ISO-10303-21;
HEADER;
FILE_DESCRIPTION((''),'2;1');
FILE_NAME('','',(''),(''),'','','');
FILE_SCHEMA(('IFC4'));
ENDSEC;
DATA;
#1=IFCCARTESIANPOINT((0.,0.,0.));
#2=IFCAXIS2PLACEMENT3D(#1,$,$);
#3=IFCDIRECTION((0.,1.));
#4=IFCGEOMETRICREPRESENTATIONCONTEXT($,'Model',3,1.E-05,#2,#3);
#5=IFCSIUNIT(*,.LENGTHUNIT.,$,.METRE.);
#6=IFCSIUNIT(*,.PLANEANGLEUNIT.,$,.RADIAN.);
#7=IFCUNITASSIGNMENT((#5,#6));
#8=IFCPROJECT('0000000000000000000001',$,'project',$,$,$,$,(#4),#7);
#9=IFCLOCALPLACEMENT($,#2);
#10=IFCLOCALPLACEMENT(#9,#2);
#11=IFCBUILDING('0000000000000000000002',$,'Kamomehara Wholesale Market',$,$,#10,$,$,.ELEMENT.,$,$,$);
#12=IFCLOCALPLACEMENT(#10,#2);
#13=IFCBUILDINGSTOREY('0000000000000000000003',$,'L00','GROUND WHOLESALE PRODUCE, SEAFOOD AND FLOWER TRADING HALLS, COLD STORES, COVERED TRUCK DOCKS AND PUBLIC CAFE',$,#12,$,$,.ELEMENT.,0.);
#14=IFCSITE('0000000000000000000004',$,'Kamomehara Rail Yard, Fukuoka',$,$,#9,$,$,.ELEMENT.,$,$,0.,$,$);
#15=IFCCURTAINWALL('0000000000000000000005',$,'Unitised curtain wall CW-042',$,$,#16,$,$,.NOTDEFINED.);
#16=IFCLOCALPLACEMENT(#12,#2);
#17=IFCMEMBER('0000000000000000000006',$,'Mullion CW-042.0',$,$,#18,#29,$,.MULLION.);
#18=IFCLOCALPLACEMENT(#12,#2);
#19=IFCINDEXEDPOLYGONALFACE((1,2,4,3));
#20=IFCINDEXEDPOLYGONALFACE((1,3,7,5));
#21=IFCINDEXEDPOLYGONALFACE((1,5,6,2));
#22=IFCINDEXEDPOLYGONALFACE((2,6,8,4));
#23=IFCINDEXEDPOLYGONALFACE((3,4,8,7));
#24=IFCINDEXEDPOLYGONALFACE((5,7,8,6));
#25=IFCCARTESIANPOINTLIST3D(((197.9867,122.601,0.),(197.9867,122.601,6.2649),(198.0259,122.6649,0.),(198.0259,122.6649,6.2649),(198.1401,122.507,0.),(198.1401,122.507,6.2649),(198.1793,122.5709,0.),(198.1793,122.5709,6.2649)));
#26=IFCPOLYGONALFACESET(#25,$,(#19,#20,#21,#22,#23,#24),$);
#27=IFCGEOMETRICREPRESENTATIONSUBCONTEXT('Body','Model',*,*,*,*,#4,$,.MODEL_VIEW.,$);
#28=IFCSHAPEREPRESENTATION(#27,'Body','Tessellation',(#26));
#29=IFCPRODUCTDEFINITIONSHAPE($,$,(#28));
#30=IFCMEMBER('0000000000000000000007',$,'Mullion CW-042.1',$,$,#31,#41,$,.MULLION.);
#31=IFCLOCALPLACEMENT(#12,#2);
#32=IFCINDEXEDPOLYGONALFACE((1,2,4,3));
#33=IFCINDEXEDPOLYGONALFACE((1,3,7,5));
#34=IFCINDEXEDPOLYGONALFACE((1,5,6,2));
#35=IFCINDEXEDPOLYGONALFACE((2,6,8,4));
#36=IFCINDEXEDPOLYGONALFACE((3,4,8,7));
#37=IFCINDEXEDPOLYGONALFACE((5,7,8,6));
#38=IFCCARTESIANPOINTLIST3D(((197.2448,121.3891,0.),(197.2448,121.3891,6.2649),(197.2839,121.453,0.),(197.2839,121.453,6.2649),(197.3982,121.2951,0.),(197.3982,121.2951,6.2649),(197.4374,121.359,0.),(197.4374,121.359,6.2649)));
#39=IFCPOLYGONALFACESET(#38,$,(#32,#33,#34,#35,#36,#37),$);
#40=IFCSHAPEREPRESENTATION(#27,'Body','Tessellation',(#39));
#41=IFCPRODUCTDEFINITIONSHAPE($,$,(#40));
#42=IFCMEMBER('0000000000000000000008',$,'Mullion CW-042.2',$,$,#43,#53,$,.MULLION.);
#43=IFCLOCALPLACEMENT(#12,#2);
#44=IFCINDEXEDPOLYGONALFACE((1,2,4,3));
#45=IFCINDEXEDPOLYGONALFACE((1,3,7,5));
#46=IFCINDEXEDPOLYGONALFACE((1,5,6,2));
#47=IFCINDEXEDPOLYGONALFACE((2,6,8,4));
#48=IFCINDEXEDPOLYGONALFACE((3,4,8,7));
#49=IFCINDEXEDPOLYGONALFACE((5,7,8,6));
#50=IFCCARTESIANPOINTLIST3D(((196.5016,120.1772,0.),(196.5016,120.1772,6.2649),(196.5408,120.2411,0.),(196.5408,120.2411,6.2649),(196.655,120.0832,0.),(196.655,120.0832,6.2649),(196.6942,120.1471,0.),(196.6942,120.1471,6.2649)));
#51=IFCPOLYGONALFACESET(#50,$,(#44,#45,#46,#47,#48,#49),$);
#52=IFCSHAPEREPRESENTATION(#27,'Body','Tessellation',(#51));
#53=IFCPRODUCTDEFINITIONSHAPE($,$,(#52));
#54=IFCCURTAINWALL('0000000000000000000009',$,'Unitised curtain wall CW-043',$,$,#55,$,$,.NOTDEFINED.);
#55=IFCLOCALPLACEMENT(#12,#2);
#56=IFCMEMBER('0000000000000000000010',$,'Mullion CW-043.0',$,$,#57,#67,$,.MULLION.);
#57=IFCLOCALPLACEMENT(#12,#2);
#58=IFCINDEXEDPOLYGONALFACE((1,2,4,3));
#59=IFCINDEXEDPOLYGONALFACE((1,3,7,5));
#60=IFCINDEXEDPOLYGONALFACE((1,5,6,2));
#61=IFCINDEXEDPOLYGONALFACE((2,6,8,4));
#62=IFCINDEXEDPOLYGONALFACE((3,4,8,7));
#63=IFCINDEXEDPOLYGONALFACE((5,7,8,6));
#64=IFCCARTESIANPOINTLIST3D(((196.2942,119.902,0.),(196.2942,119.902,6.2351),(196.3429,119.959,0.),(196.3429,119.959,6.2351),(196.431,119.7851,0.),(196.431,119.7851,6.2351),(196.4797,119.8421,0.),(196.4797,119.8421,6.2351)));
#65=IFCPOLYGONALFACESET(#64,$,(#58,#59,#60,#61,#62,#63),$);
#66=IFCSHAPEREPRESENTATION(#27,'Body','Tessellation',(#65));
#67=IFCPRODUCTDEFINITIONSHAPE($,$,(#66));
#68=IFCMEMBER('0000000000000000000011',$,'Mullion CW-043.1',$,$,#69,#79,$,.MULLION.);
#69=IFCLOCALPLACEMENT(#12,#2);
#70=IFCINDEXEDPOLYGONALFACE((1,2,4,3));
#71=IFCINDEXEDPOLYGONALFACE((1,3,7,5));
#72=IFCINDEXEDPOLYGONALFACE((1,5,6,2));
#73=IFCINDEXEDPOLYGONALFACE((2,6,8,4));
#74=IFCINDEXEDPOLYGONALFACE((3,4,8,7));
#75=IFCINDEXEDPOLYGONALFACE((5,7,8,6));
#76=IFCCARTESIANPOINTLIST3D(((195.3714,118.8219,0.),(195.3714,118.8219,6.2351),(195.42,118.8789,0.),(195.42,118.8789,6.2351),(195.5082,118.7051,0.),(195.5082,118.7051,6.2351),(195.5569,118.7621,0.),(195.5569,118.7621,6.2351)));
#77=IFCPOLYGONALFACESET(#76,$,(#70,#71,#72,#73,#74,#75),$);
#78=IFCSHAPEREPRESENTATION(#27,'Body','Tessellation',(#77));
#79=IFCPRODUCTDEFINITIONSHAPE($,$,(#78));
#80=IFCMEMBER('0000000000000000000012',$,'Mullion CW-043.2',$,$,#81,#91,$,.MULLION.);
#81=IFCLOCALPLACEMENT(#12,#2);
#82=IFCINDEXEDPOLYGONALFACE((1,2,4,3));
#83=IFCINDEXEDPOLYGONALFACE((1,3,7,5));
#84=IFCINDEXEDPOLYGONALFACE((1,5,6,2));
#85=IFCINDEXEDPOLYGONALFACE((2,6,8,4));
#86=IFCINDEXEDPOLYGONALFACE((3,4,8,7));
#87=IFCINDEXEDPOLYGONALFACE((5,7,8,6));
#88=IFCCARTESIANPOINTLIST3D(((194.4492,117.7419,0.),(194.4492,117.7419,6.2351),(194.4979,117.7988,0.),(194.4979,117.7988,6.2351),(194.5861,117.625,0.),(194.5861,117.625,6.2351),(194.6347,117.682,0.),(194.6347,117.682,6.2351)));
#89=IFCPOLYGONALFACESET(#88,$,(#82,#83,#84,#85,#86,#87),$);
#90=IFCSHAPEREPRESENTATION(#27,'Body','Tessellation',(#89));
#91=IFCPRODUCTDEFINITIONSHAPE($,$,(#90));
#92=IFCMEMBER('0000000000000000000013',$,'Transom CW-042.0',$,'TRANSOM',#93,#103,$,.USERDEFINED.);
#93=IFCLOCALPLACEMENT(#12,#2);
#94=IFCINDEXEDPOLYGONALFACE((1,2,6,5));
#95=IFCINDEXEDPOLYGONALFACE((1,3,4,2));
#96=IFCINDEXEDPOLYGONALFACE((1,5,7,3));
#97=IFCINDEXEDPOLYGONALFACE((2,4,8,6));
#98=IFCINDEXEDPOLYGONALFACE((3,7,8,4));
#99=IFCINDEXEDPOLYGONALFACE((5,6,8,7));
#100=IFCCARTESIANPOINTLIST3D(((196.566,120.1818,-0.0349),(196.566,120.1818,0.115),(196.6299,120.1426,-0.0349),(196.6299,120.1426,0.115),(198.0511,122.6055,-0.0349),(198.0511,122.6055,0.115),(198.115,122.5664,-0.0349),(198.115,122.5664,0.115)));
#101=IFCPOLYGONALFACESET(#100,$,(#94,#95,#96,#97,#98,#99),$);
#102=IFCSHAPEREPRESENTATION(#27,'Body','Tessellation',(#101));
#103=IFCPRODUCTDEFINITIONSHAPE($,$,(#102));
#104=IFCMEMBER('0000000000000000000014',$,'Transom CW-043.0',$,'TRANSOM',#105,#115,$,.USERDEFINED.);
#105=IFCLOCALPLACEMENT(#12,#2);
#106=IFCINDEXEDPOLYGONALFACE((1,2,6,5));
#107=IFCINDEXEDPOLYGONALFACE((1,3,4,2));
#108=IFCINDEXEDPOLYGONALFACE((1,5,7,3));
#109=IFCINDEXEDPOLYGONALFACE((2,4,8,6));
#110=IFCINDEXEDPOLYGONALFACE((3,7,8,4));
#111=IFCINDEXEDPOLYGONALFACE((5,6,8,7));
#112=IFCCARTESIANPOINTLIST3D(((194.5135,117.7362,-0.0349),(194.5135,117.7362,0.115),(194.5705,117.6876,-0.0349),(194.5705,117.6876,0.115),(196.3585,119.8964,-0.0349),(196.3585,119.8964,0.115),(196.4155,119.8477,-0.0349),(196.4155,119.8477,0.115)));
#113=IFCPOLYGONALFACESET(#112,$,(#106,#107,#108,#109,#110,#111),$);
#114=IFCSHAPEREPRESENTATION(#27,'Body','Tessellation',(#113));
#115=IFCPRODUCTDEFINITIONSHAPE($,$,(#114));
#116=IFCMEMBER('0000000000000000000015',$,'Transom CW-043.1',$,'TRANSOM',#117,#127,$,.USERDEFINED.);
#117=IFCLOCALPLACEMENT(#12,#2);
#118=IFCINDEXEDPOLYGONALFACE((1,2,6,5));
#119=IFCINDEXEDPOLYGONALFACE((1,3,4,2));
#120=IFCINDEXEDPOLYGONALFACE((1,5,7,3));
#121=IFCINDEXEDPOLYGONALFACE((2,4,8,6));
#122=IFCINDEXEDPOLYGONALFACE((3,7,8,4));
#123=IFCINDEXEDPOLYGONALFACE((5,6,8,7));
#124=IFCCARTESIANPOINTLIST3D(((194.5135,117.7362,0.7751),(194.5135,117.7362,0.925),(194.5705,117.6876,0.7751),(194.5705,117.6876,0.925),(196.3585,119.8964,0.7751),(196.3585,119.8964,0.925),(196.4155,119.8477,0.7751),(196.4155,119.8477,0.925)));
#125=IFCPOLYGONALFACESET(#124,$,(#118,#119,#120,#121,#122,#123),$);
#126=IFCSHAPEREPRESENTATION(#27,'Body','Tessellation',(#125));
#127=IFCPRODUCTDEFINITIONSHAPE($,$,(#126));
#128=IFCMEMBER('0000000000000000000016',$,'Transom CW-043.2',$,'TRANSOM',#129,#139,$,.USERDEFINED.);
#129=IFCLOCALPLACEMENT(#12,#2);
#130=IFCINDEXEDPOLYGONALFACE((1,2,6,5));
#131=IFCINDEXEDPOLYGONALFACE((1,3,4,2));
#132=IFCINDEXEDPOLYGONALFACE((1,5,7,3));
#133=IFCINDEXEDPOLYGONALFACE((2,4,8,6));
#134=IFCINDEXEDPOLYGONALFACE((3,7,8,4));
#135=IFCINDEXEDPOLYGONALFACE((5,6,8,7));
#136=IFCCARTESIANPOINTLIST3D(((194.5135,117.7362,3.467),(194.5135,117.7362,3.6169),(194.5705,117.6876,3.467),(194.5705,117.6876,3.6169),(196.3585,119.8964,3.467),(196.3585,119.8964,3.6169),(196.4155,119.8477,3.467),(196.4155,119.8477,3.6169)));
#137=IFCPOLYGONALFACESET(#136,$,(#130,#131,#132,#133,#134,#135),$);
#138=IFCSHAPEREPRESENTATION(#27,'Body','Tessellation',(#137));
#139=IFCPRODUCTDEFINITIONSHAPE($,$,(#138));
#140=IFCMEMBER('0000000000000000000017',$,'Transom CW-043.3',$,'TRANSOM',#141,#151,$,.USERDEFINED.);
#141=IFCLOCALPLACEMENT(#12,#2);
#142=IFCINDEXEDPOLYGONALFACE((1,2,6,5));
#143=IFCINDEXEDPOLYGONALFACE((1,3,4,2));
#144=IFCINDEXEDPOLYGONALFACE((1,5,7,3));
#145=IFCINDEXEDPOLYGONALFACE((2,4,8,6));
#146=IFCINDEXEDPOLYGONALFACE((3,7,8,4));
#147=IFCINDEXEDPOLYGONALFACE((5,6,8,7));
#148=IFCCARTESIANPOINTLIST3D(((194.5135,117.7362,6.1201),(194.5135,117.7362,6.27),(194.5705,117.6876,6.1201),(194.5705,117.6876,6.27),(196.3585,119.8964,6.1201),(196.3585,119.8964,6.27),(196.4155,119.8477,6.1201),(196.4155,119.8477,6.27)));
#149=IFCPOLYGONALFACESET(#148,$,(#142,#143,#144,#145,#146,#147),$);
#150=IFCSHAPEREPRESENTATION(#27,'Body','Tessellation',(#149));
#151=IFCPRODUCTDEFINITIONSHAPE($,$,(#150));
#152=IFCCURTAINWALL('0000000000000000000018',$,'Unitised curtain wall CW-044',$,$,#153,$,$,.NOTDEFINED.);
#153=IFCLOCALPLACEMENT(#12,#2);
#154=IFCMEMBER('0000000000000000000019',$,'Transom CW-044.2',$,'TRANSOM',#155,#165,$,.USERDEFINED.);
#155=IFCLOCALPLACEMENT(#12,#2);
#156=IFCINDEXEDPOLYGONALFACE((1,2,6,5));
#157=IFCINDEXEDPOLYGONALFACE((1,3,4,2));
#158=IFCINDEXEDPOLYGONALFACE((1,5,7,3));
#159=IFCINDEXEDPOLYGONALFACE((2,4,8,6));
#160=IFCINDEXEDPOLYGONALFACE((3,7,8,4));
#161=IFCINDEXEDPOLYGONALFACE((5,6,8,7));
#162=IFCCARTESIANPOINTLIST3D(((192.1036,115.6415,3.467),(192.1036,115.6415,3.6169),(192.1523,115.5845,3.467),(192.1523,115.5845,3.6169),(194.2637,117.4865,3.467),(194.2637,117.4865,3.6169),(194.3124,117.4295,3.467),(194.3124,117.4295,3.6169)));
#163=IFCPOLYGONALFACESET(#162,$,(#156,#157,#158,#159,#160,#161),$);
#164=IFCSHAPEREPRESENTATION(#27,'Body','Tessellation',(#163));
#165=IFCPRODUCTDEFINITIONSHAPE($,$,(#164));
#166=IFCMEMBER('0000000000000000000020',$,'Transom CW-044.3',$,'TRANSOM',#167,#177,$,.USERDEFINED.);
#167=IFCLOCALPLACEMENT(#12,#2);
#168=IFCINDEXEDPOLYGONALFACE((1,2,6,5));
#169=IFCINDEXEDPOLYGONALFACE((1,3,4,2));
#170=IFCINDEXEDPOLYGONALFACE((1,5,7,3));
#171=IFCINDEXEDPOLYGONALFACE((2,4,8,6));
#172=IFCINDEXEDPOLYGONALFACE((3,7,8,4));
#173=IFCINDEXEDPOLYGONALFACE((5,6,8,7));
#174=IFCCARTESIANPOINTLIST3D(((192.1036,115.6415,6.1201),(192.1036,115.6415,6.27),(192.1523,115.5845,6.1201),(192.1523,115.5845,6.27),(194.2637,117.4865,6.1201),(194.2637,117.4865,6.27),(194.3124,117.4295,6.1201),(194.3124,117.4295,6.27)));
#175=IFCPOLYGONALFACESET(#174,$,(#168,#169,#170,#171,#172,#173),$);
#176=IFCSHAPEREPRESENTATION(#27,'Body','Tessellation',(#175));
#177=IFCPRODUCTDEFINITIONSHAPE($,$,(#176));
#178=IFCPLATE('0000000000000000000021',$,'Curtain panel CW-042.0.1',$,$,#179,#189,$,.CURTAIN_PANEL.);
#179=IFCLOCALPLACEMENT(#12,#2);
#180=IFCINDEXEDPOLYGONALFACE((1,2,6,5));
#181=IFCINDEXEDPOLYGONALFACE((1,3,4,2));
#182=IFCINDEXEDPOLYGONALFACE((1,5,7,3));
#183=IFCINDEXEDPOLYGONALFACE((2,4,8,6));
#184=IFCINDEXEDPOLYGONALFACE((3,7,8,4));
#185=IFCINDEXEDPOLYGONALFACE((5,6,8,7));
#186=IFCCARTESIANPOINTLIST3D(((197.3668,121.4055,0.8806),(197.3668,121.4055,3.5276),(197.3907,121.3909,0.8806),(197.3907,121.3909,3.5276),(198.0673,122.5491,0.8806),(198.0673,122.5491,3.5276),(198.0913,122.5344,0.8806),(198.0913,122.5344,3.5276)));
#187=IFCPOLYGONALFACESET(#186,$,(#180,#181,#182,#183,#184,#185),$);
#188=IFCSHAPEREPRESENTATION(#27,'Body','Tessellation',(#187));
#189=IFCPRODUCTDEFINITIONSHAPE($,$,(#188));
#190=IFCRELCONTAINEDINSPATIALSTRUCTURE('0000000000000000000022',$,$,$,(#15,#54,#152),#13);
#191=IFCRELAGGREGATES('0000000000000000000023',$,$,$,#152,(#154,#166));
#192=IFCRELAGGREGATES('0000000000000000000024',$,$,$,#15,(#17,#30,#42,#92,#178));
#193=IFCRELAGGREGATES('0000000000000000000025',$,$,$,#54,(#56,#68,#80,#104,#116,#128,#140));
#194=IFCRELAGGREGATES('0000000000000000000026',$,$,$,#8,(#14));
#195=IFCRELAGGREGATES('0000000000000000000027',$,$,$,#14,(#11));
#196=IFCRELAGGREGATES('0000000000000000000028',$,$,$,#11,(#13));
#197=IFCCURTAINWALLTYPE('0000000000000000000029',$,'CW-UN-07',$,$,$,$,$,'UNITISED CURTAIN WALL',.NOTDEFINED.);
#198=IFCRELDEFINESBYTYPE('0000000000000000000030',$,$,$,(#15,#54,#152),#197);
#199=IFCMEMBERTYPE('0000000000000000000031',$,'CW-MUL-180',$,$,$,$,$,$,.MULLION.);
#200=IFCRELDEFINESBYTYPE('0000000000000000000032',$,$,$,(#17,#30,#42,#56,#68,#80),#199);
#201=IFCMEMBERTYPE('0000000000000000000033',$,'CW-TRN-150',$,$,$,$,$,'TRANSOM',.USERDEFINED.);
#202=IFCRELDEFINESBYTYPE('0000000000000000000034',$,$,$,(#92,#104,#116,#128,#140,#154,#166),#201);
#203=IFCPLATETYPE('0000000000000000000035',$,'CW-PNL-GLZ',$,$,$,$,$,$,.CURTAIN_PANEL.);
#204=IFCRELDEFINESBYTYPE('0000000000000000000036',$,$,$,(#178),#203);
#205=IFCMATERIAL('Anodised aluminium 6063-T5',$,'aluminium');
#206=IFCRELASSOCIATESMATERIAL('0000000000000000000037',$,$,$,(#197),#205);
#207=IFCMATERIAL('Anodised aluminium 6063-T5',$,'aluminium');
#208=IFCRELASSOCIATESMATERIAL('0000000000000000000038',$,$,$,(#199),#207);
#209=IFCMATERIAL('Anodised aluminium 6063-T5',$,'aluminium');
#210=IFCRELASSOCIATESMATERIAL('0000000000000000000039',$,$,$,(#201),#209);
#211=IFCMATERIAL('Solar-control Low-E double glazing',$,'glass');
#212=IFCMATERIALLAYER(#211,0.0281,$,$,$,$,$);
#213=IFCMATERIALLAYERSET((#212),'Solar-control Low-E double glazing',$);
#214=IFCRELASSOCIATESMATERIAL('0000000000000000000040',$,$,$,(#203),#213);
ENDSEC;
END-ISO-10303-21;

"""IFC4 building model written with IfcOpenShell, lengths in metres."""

from ifc_helpers import new_model, si_unit, direction, frame, origin, origin_2d, place, context, subcontext, project, spatial, rectangle, extrude, material, layer, layer_set, material_profile, profile_set, type_object, element, aggregate, save


model = new_model("IFC4")

# Units and contexts
model_context = context("Model", 3, precision=1e-05, world=origin(), true_north=direction((0.0, 1.0)))
body_context = subcontext(model_context, "Body", "Model", "MODEL_VIEW")
ifc_project = project(units=[si_unit("LENGTHUNIT", "METRE"), si_unit("PLANEANGLEUNIT", "RADIAN")], contexts=[model_context])

# Site, building, storey
site_placement = place(None, origin())
site = spatial("IfcSite", under=ifc_project, at=site_placement, Name="Kamomehara Rail Yard, Fukuoka", CompositionType="ELEMENT", RefElevation=0.0)
building_placement = place(site_placement, origin())
building = spatial("IfcBuilding", under=site, at=building_placement, Name="Kamomehara Wholesale Market", CompositionType="ELEMENT")
storey_placement = place(building_placement, origin())
storey = spatial("IfcBuildingStorey", under=building, at=storey_placement, Name="L00", Description="GROUND WHOLESALE PRODUCE, SEAFOOD AND FLOWER TRADING HALLS, COLD STORES, COVERED TRUCK DOCKS AND PUBLIC CAFE", CompositionType="ELEMENT", Elevation=0.0)

# Curtain walls, members
ifc_material_1 = material(Name="Anodised aluminium 6063-T5", Category="aluminium")
curtain_wall_type = type_object("IfcCurtainWallType", Name="CW-UN-07", ElementType="UNITISED CURTAIN WALL", PredefinedType="NOTDEFINED", material=ifc_material_1)
curtain_wall_1_placement = place(storey_placement, origin())
curtain_wall_1 = element("IfcCurtainWall", 1, at=curtain_wall_1_placement, inside=storey, type_object=curtain_wall_type, Name="Unitised curtain wall CW-042", PredefinedType="NOTDEFINED")
ifc_material_2 = material(Name="Anodised aluminium 6063-T5", Category="aluminium")
ifc_material_profile_1 = material_profile(ifc_material_2, rectangle(XDim=0.075, YDim=0.1799, at=origin_2d()), Name="ALU-MUL-75x180")
ifc_profile_set_1 = profile_set([ifc_material_profile_1], Name="Anodised aluminium 6063-T5")
member_type_1 = type_object("IfcMemberType", Name="CW-MUL-180", PredefinedType="MULLION", material=ifc_profile_set_1)
member_1_placement = place(storey_placement, frame((198.083, 122.5859, 0.0), z_axis=(0.0, 0.0, 1.0), x_axis=(-0.522388, -0.852708, 0.0)))
member_1 = element("IfcMember", 2, at=member_1_placement, type_object=member_type_1, Name="Mullion CW-042.0", PredefinedType="MULLION", context=body_context, shape_type="SweptSolid", body=[
    extrude(rectangle(XDim=0.075, YDim=0.1799, at=origin_2d()), origin(), (0.0, 0.0, 1.0), 6.2649),
])
member_2_placement = place(storey_placement, frame((197.3411, 121.374, 0.0), z_axis=(0.0, 0.0, 1.0), x_axis=(-0.522388, -0.852708, 0.0)))
member_2 = element("IfcMember", 3, at=member_2_placement, type_object=member_type_1, Name="Mullion CW-042.1", PredefinedType="MULLION", context=body_context, shape_type="SweptSolid", body=[
    extrude(rectangle(XDim=0.075, YDim=0.1799, at=origin_2d()), origin(), (0.0, 0.0, 1.0), 6.2649),
])
member_3_placement = place(storey_placement, frame((196.5979, 120.1621, 0.0), z_axis=(0.0, 0.0, 1.0), x_axis=(-0.522388, -0.852708, 0.0)))
member_3 = element("IfcMember", 4, at=member_3_placement, type_object=member_type_1, Name="Mullion CW-042.2", PredefinedType="MULLION", context=body_context, shape_type="SweptSolid", body=[
    extrude(rectangle(XDim=0.075, YDim=0.1799, at=origin_2d()), origin(), (0.0, 0.0, 1.0), 6.2649),
])
curtain_wall_2_placement = place(storey_placement, origin())
curtain_wall_2 = element("IfcCurtainWall", 5, at=curtain_wall_2_placement, inside=storey, type_object=curtain_wall_type, Name="Unitised curtain wall CW-043", PredefinedType="NOTDEFINED")
member_4_placement = place(storey_placement, frame((196.387, 119.8721, 0.0), z_axis=(0.0, 0.0, 1.0), x_axis=(-0.649485, -0.760374, 0.0)))
member_4 = element("IfcMember", 6, at=member_4_placement, type_object=member_type_1, Name="Mullion CW-043.0", PredefinedType="MULLION", context=body_context, shape_type="SweptSolid", body=[
    extrude(rectangle(XDim=0.075, YDim=0.1799, at=origin_2d()), origin(), (0.0, 0.0, 1.0), 6.2351),
])
member_5_placement = place(storey_placement, frame((195.4641, 118.792, 0.0), z_axis=(0.0, 0.0, 1.0), x_axis=(-0.649485, -0.760374, 0.0)))
member_5 = element("IfcMember", 7, at=member_5_placement, type_object=member_type_1, Name="Mullion CW-043.1", PredefinedType="MULLION", context=body_context, shape_type="SweptSolid", body=[
    extrude(rectangle(XDim=0.075, YDim=0.1799, at=origin_2d()), origin(), (0.0, 0.0, 1.0), 6.2351),
])
member_6_placement = place(storey_placement, frame((194.542, 117.7119, 0.0), z_axis=(0.0, 0.0, 1.0), x_axis=(-0.649485, -0.760374, 0.0)))
member_6 = element("IfcMember", 8, at=member_6_placement, type_object=member_type_1, Name="Mullion CW-043.2", PredefinedType="MULLION", context=body_context, shape_type="SweptSolid", body=[
    extrude(rectangle(XDim=0.075, YDim=0.1799, at=origin_2d()), origin(), (0.0, 0.0, 1.0), 6.2351),
])

# Members
ifc_material_3 = material(Name="Anodised aluminium 6063-T5", Category="aluminium")
ifc_material_profile_2 = material_profile(ifc_material_3, rectangle(XDim=0.075, YDim=0.1499, at=origin_2d()), Name="ALU-TRN-75x150")
ifc_profile_set_2 = profile_set([ifc_material_profile_2], Name="Anodised aluminium 6063-T5")
member_type_2 = type_object("IfcMemberType", Name="CW-TRN-150", ElementType="TRANSOM", PredefinedType="USERDEFINED", material=ifc_profile_set_2)
member_7_placement = place(storey_placement, frame((198.083, 122.5859, 0.04), z_axis=(-0.522443, -0.852674, 0.0), x_axis=(0.852674, -0.522443, 0.0)))
member_7 = element("IfcMember", 9, at=member_7_placement, type_object=member_type_2, Name="Transom CW-042.0", ObjectType="TRANSOM", PredefinedType="USERDEFINED", context=body_context, shape_type="SweptSolid", body=[
    extrude(rectangle(XDim=0.075, YDim=0.1499, at=origin_2d()), origin(), (0.0, 0.0, 1.0), 2.8425),
])
member_8_placement = place(storey_placement, frame((196.387, 119.8721, 0.04), z_axis=(-0.649453, -0.760402, 0.0), x_axis=(0.760402, -0.649453, 0.0)))
member_8 = element("IfcMember", 10, at=member_8_placement, type_object=member_type_2, Name="Transom CW-043.0", ObjectType="TRANSOM", PredefinedType="USERDEFINED", context=body_context, shape_type="SweptSolid", body=[
    extrude(rectangle(XDim=0.075, YDim=0.1499, at=origin_2d()), origin(), (0.0, 0.0, 1.0), 2.8408),
])
member_9_placement = place(storey_placement, frame((196.387, 119.8721, 0.8501), z_axis=(-0.649453, -0.760402, 0.0), x_axis=(0.760402, -0.649453, 0.0)))
member_9 = element("IfcMember", 11, at=member_9_placement, type_object=member_type_2, Name="Transom CW-043.1", ObjectType="TRANSOM", PredefinedType="USERDEFINED", context=body_context, shape_type="SweptSolid", body=[
    extrude(rectangle(XDim=0.075, YDim=0.1499, at=origin_2d()), origin(), (0.0, 0.0, 1.0), 2.8408),
])
member_10_placement = place(storey_placement, frame((196.387, 119.8721, 3.542), z_axis=(-0.649453, -0.760402, 0.0), x_axis=(0.760402, -0.649453, 0.0)))
member_10 = element("IfcMember", 12, at=member_10_placement, type_object=member_type_2, Name="Transom CW-043.2", ObjectType="TRANSOM", PredefinedType="USERDEFINED", context=body_context, shape_type="SweptSolid", body=[
    extrude(rectangle(XDim=0.075, YDim=0.1499, at=origin_2d()), origin(), (0.0, 0.0, 1.0), 2.8408),
])
member_11_placement = place(storey_placement, frame((196.387, 119.8721, 6.1951), z_axis=(-0.649453, -0.760402, 0.0), x_axis=(0.760402, -0.649453, 0.0)))
member_11 = element("IfcMember", 13, at=member_11_placement, type_object=member_type_2, Name="Transom CW-043.3", ObjectType="TRANSOM", PredefinedType="USERDEFINED", context=body_context, shape_type="SweptSolid", body=[
    extrude(rectangle(XDim=0.075, YDim=0.1499, at=origin_2d()), origin(), (0.0, 0.0, 1.0), 2.8408),
])

# Curtain wall, members
curtain_wall_3_placement = place(storey_placement, origin())
curtain_wall_3 = element("IfcCurtainWall", 14, at=curtain_wall_3_placement, inside=storey, type_object=curtain_wall_type, Name="Unitised curtain wall CW-044", PredefinedType="NOTDEFINED")
member_12_placement = place(storey_placement, frame((194.2881, 117.458, 3.542), z_axis=(-0.760402, -0.649453, 0.0), x_axis=(0.649453, -0.760402, 0.0)))
member_12 = element("IfcMember", 15, at=member_12_placement, type_object=member_type_2, Name="Transom CW-044.2", ObjectType="TRANSOM", PredefinedType="USERDEFINED", context=body_context, shape_type="SweptSolid", body=[
    extrude(rectangle(XDim=0.075, YDim=0.1499, at=origin_2d()), origin(), (0.0, 0.0, 1.0), 2.8408),
])
member_13_placement = place(storey_placement, frame((194.2881, 117.458, 6.1951), z_axis=(-0.760402, -0.649453, 0.0), x_axis=(0.649453, -0.760402, 0.0)))
member_13 = element("IfcMember", 16, at=member_13_placement, type_object=member_type_2, Name="Transom CW-044.3", ObjectType="TRANSOM", PredefinedType="USERDEFINED", context=body_context, shape_type="SweptSolid", body=[
    extrude(rectangle(XDim=0.075, YDim=0.1499, at=origin_2d()), origin(), (0.0, 0.0, 1.0), 2.8408),
])
aggregate(curtain_wall_3, [member_12, member_13])

# Plate
ifc_material_4 = material(Name="Solar-control Low-E double glazing", Category="glass")
ifc_layer_1 = layer(ifc_material_4, 0.0281)
ifc_layer_set_1 = layer_set([ifc_layer_1], Name="Solar-control Low-E double glazing")
plate_type_1 = type_object("IfcPlateType", Name="CW-PNL-GLZ", PredefinedType="CURTAIN_PANEL", material=ifc_layer_set_1)
plate_1_placement = place(storey_placement, frame((197.729, 121.97, 0.8806), z_axis=(0.0, 0.0, 1.0), x_axis=(-0.522394, -0.852704, 0.0)))
plate_1 = element("IfcPlate", 17, at=plate_1_placement, type_object=plate_type_1, Name="Curtain panel CW-042.0.1", PredefinedType="CURTAIN_PANEL", context=body_context, shape_type="SweptSolid", body=[
    extrude(rectangle(XDim=1.3411, YDim=0.0281, at=origin_2d()), origin(), (0.0, 0.0, 1.0), 2.647),
])
aggregate(curtain_wall_1, [member_1, member_2, member_3, member_7, plate_1])
aggregate(curtain_wall_2, [member_4, member_5, member_6, member_8, member_9, member_10, member_11])

save(model, "model.ifc")
